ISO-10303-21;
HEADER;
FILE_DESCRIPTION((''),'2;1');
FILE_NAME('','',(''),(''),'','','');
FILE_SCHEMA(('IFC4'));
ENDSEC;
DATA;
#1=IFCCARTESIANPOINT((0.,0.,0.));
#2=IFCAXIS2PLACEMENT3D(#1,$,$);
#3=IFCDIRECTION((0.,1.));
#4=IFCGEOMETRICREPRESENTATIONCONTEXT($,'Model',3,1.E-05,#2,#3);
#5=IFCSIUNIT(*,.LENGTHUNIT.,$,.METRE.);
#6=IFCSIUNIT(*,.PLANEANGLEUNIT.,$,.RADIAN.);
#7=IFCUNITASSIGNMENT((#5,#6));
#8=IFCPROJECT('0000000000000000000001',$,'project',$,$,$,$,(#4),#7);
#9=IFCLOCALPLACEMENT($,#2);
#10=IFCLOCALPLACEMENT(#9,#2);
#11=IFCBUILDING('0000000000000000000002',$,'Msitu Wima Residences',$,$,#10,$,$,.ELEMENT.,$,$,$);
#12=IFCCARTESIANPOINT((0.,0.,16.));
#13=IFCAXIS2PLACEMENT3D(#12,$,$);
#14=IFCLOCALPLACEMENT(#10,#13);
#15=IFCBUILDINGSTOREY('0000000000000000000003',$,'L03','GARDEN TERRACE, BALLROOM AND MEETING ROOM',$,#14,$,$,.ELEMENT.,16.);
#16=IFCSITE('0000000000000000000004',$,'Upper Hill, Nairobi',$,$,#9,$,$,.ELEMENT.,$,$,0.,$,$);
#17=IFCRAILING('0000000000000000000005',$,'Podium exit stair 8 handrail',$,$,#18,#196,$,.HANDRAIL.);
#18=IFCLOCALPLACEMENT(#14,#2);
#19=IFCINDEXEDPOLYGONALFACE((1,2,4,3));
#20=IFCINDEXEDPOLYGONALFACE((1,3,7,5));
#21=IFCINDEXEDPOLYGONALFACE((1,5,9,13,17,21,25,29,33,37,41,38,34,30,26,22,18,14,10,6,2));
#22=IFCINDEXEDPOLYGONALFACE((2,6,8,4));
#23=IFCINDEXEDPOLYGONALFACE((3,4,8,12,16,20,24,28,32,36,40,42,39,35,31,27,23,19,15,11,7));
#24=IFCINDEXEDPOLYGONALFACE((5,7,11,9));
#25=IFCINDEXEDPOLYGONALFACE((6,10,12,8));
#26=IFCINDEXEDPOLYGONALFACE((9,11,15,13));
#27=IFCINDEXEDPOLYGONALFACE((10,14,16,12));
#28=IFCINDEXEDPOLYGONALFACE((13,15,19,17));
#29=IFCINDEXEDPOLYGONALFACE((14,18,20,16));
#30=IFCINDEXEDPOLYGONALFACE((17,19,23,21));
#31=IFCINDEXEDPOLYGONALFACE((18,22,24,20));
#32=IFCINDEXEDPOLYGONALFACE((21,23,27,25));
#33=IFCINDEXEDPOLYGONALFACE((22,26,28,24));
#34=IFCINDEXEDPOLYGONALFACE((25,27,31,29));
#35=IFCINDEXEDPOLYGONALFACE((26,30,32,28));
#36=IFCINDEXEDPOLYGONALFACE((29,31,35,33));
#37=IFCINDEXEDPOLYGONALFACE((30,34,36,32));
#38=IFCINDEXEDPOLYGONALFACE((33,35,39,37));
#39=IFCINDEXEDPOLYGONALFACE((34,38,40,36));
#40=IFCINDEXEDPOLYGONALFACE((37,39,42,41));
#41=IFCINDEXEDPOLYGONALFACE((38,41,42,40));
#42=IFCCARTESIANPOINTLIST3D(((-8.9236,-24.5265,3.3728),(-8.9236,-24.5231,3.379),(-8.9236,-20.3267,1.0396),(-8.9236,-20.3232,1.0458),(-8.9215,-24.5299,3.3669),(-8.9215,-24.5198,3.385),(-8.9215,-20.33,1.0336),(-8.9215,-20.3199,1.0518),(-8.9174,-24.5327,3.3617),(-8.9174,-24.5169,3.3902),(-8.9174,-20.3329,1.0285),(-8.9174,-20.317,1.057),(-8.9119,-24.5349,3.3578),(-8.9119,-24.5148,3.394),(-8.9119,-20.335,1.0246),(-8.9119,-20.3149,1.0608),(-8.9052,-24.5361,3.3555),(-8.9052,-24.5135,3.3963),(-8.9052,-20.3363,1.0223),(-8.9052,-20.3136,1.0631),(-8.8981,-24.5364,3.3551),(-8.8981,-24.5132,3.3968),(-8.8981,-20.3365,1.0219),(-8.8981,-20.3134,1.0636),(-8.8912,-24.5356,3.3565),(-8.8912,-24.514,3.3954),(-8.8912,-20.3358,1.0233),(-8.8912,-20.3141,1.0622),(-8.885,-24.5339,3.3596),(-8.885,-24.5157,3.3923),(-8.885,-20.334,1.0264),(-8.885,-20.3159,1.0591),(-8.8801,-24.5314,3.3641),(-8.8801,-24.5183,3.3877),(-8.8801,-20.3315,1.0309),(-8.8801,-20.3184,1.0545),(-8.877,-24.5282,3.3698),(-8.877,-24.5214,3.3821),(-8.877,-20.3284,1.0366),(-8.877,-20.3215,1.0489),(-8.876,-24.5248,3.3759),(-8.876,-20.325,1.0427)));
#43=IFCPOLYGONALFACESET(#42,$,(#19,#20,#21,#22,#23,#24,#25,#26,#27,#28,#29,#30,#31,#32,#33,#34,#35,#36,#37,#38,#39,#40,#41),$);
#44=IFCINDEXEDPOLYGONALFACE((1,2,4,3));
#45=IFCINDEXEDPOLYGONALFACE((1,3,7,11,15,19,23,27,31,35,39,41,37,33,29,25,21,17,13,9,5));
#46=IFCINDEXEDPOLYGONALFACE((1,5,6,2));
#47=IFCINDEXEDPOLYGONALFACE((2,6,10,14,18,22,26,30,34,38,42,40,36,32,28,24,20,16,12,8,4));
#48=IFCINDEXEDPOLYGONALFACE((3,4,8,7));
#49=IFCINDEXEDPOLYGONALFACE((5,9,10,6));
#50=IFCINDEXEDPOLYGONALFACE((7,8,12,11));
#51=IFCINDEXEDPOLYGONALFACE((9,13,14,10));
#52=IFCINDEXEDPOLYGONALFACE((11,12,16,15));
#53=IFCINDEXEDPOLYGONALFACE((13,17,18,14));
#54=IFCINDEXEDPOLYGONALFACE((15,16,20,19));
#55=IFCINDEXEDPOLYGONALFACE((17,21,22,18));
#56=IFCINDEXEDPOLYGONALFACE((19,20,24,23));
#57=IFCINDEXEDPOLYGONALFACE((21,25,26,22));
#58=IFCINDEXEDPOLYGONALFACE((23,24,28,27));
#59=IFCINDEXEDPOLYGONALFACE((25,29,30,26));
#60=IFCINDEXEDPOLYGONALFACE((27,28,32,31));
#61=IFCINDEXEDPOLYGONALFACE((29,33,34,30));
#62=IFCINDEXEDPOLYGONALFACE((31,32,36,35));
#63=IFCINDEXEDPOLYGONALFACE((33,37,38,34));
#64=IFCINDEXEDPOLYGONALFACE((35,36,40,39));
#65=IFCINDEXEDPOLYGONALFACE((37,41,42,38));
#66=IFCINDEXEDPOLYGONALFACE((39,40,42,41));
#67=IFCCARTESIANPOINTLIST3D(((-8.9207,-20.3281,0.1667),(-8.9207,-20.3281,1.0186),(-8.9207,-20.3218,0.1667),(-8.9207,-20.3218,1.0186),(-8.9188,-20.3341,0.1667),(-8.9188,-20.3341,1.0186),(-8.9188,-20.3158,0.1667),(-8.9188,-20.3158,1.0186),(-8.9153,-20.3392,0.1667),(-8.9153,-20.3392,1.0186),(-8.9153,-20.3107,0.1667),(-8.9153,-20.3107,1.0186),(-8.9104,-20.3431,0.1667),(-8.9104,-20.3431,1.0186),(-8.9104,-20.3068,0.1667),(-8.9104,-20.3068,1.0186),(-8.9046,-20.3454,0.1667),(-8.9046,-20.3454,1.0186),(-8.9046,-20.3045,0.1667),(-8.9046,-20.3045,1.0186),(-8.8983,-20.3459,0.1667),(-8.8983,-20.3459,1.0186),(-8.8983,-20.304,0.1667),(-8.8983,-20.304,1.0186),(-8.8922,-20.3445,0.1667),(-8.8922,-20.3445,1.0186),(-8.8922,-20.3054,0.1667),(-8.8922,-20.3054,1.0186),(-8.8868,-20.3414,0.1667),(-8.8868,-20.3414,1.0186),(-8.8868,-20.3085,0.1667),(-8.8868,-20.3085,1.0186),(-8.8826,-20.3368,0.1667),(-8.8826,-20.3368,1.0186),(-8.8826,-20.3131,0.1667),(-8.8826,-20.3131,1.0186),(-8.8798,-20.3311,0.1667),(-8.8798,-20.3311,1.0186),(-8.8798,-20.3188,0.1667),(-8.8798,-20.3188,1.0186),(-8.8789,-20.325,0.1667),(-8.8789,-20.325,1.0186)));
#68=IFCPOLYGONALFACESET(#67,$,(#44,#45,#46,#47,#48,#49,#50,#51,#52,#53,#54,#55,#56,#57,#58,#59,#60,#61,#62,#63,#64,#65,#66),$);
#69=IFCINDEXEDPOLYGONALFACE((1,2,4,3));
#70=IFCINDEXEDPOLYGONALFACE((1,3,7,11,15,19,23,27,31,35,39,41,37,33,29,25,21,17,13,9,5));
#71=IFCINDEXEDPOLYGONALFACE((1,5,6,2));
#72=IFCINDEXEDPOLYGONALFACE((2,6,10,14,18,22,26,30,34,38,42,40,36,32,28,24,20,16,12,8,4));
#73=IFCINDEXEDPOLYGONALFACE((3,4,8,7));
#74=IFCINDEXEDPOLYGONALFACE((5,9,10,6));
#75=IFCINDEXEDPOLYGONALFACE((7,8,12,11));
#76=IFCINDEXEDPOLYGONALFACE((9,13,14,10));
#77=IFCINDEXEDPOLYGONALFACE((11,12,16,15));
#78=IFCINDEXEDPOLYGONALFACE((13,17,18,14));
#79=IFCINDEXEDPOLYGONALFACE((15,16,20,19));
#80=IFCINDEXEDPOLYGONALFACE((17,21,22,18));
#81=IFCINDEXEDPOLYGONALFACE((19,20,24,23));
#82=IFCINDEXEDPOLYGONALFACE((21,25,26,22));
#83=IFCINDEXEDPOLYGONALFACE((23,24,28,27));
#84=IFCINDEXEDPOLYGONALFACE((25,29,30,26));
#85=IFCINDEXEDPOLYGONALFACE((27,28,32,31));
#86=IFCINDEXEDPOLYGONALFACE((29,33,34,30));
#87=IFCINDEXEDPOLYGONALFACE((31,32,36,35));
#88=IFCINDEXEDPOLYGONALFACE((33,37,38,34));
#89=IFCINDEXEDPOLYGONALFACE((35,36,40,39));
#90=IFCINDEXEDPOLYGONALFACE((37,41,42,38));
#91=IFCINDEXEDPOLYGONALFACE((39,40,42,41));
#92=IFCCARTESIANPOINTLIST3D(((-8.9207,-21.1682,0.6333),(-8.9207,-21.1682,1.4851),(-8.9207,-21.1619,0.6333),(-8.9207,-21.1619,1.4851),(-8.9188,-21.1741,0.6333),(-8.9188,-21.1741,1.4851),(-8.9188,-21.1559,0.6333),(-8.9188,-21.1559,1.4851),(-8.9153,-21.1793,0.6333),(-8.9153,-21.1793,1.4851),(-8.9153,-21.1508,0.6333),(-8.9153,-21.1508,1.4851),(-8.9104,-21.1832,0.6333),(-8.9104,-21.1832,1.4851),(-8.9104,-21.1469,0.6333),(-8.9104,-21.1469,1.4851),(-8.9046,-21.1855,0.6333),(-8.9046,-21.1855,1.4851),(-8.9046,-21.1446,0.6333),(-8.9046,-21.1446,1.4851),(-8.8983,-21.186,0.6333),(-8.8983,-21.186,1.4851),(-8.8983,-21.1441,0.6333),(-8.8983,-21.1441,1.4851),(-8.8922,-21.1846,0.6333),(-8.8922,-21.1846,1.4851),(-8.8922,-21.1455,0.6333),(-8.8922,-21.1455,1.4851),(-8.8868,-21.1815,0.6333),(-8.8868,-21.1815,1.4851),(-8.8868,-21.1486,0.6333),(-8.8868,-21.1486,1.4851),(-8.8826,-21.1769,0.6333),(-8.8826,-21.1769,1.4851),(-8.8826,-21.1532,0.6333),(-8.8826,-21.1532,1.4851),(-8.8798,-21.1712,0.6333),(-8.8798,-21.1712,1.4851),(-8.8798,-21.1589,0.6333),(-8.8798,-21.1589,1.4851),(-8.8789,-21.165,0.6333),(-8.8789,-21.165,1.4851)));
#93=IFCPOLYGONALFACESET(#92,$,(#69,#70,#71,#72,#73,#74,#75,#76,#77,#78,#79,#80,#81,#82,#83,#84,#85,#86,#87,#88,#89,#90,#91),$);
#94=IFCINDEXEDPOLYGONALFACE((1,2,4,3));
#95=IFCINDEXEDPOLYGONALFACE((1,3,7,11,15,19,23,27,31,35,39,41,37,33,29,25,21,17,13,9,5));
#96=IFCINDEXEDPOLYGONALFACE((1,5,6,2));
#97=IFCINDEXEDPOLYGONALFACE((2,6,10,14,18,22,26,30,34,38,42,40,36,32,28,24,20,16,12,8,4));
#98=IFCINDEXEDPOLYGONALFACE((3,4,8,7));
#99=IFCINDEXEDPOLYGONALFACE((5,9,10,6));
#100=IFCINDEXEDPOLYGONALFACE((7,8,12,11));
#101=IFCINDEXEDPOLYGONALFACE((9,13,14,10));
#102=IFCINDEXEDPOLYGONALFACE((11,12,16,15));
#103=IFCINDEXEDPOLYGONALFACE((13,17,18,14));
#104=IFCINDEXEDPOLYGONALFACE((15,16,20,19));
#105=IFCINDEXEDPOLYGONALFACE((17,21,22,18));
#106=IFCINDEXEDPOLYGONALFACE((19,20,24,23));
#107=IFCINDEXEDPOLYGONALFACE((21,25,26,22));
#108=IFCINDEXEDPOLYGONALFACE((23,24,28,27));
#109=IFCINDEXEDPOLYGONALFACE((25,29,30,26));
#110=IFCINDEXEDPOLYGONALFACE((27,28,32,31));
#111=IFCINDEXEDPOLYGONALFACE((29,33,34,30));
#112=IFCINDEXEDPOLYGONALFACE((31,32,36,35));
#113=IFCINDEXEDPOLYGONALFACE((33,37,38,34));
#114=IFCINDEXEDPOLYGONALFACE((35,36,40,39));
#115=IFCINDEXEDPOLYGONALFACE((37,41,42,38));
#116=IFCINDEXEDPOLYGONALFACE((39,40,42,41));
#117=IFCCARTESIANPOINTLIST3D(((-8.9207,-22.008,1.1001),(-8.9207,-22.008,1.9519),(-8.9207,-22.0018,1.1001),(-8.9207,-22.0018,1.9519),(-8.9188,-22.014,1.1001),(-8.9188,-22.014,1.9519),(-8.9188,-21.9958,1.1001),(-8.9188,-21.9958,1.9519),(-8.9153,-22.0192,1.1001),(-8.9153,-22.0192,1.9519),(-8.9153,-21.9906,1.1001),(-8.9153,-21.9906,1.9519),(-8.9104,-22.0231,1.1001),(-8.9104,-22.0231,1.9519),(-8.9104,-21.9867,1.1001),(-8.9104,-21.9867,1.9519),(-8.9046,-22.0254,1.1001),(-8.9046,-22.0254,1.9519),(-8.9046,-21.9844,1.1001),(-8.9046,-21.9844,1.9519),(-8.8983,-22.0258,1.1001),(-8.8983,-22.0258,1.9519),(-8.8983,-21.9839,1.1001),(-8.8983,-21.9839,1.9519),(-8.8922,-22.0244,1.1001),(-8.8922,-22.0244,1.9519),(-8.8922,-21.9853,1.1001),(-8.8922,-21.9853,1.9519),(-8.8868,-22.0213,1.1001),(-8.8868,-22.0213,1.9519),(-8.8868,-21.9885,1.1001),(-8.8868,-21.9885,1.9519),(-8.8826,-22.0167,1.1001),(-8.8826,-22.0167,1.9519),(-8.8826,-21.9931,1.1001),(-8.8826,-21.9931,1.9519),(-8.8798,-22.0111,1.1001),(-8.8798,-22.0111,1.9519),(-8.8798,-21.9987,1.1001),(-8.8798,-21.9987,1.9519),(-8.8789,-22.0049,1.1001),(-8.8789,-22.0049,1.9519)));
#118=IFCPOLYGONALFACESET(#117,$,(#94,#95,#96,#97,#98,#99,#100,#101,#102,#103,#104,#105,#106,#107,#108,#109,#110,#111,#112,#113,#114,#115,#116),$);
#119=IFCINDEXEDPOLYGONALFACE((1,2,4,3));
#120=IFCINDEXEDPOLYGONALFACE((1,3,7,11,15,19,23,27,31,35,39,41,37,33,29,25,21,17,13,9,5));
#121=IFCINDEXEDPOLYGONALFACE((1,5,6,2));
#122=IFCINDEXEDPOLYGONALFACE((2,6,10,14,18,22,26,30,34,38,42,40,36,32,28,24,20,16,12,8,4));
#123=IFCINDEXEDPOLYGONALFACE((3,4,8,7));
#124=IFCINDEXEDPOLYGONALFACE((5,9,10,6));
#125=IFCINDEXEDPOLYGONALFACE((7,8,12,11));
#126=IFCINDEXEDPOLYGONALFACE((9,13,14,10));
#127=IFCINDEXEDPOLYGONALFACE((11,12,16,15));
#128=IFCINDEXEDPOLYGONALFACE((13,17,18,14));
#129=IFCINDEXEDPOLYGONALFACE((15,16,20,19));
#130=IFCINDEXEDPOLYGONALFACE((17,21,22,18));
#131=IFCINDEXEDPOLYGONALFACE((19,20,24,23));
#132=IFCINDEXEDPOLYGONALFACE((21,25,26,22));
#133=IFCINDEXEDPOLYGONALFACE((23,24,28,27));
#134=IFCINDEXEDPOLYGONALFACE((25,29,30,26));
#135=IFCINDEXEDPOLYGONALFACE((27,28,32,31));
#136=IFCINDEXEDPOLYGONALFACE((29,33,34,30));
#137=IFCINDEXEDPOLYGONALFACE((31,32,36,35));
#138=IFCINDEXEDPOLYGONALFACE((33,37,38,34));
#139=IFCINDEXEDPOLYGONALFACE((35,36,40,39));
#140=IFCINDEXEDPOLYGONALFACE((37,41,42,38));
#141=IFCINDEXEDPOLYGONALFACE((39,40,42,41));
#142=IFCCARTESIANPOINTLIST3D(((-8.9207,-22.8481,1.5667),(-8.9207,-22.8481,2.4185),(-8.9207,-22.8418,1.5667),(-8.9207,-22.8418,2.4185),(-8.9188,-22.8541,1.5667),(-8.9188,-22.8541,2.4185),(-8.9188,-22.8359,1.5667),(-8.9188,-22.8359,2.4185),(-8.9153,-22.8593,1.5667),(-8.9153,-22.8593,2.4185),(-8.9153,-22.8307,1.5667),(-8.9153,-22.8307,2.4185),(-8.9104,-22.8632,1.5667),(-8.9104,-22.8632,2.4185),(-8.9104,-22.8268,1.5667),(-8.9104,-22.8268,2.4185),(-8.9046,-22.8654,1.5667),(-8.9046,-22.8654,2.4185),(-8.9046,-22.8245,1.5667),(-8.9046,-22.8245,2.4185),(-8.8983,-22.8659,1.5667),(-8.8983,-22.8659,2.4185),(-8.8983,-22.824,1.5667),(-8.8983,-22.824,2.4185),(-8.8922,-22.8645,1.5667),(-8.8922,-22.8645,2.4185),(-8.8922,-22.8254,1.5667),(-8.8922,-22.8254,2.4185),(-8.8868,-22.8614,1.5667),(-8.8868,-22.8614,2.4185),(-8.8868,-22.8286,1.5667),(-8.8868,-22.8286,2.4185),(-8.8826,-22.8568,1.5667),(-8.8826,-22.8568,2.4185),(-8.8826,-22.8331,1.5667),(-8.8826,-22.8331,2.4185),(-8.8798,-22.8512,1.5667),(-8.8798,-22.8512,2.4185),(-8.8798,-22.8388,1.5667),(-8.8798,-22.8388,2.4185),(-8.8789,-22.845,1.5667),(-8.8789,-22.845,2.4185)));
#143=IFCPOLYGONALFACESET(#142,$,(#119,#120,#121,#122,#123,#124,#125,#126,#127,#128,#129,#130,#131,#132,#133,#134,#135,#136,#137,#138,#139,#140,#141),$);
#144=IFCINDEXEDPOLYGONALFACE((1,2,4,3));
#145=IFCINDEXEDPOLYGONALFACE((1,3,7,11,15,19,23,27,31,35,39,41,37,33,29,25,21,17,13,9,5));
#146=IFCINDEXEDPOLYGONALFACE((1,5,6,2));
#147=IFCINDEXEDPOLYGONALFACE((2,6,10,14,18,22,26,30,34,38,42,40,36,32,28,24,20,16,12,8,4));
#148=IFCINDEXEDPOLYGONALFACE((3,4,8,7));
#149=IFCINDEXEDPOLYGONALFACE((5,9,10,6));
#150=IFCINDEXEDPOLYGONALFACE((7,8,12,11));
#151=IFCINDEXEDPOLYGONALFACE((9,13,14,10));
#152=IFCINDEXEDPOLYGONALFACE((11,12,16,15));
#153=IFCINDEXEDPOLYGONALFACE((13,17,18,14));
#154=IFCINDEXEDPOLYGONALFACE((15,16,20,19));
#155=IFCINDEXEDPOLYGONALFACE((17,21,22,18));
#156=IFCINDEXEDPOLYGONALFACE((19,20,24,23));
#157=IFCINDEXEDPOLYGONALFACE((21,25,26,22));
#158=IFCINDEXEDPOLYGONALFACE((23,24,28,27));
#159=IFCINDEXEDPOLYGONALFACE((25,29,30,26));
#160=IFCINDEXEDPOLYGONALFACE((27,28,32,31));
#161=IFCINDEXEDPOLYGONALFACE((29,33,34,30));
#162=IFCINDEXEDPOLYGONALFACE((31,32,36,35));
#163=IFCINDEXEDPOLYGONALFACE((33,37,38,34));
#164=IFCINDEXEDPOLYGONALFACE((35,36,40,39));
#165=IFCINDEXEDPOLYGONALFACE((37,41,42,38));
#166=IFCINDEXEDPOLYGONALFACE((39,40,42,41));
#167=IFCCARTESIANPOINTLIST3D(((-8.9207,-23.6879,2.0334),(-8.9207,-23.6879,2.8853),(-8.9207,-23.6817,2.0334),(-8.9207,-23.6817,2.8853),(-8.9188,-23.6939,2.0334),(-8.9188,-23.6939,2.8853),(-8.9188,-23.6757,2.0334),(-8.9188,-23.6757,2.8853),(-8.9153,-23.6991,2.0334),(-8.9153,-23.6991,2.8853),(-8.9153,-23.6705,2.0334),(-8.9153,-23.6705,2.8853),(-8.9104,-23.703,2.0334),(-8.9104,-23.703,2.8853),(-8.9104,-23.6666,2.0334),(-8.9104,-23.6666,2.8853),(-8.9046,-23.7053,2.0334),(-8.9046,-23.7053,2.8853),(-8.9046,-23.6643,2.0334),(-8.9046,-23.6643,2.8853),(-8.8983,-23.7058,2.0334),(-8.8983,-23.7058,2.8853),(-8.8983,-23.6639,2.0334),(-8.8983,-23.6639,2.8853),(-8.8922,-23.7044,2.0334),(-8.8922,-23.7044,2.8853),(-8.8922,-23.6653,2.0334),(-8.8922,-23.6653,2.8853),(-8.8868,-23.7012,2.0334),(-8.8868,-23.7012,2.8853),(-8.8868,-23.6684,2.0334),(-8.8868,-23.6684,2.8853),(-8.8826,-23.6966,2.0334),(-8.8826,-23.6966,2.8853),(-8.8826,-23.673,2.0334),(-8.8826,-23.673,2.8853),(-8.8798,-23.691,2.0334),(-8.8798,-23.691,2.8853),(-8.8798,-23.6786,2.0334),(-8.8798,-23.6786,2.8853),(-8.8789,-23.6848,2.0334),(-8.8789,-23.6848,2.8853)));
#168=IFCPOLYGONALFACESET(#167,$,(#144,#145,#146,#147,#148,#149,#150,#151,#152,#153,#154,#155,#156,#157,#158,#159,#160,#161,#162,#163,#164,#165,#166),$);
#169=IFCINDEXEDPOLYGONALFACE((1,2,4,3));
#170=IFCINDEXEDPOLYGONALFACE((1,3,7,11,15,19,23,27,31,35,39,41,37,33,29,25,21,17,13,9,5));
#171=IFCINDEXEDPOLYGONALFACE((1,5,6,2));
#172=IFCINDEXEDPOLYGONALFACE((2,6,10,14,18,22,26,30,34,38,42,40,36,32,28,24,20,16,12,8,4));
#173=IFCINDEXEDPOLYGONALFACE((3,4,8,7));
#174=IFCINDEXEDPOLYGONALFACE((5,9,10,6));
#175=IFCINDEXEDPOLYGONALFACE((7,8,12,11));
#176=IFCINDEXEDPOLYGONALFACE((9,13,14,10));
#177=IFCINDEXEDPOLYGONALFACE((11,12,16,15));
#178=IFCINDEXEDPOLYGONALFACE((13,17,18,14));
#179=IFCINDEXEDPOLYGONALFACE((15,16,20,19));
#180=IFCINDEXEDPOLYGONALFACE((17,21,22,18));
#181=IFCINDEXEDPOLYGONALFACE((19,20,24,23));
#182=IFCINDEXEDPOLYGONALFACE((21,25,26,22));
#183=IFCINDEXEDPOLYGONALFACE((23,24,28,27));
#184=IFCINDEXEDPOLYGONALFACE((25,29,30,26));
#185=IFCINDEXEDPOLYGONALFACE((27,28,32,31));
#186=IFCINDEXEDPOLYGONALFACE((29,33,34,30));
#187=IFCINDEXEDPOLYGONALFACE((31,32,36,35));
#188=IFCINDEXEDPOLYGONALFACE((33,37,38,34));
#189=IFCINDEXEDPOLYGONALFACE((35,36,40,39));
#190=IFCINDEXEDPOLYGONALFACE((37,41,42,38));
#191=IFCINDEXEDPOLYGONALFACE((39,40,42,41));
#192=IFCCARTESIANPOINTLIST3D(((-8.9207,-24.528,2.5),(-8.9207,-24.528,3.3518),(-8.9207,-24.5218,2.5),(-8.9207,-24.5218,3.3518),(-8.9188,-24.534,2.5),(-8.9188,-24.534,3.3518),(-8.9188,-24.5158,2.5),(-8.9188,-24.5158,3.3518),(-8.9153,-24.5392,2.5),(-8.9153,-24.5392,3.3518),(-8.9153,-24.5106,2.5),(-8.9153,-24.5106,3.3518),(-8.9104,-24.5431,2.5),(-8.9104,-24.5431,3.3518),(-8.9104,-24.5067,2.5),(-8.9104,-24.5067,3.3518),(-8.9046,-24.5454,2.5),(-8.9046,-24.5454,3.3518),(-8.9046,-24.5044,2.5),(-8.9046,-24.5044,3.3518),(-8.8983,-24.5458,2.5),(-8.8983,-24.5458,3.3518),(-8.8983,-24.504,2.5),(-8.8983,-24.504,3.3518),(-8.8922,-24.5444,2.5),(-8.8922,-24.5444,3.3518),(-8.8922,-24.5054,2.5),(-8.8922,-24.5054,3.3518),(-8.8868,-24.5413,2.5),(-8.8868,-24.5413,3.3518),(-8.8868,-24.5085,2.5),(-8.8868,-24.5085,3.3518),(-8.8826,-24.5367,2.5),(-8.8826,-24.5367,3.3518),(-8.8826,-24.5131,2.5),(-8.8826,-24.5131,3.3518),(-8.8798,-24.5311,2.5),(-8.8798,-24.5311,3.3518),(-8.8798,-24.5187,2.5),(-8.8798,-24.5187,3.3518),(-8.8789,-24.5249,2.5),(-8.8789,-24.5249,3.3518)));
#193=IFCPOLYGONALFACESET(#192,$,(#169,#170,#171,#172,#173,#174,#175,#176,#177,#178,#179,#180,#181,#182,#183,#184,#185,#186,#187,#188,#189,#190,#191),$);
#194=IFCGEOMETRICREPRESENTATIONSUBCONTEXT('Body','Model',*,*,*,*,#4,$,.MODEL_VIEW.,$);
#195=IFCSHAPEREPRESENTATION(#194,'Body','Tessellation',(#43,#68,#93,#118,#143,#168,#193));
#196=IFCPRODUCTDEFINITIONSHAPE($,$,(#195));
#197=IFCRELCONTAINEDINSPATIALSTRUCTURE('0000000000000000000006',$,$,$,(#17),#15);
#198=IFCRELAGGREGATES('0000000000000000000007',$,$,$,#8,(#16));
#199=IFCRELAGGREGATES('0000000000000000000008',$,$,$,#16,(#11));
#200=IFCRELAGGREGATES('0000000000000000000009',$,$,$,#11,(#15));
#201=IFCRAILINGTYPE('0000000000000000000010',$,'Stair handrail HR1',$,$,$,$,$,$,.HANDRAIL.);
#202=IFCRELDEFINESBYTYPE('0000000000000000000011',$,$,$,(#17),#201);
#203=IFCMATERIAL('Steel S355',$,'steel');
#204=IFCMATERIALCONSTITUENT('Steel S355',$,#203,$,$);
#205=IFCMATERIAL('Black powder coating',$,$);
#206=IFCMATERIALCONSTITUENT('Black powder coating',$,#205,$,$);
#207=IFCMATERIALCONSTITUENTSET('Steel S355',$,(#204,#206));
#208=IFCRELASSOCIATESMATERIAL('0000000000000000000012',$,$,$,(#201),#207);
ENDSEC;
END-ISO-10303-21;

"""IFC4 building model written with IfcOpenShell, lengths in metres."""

from ifc_helpers import new_model, si_unit, direction, frame, origin, origin_2d, place, context, subcontext, project, spatial, circle, extrude, material, constituent, constituent_set, type_object, element, save


model = new_model("IFC4")

# Units and contexts
model_context = context("Model", 3, precision=1e-05, world=origin(), true_north=direction((0.0, 1.0)))
body_context = subcontext(model_context, "Body", "Model", "MODEL_VIEW")
ifc_project = project(units=[si_unit("LENGTHUNIT", "METRE"), si_unit("PLANEANGLEUNIT", "RADIAN")], contexts=[model_context])

# Site, building, storey
site_placement = place(None, origin())
site = spatial("IfcSite", under=ifc_project, at=site_placement, Name="Upper Hill, Nairobi", CompositionType="ELEMENT", RefElevation=0.0)
building_placement = place(site_placement, origin())
building = spatial("IfcBuilding", under=site, at=building_placement, Name="Msitu Wima Residences", CompositionType="ELEMENT")
storey_placement = place(building_placement, frame((0.0, 0.0, 16.0)))
storey = spatial("IfcBuildingStorey", under=building, at=storey_placement, Name="L03", Description="GARDEN TERRACE, BALLROOM AND MEETING ROOM", CompositionType="ELEMENT", Elevation=16.0)

# Railing
ifc_material_1 = material(Name="Steel S355", Category="steel")
ifc_constituent_1 = constituent(ifc_material_1, Name="Steel S355")
ifc_material_2 = material(Name="Black powder coating")
ifc_constituent_2 = constituent(ifc_material_2, Name="Black powder coating")
ifc_constituent_set = constituent_set(constituents=[ifc_constituent_1, ifc_constituent_2], Name="Steel S355")
railing_type = type_object("IfcRailingType", Name="Stair handrail HR1", PredefinedType="HANDRAIL", material=ifc_constituent_set)
for number, where, name in (
    (1, (-8.8999, -20.325, 0.1667), "Podium exit stair 8 handrail"),
):
    element("IfcRailing", number, at=place(storey_placement, frame(where)), inside=storey, type_object=railing_type, Name=name, PredefinedType="HANDRAIL", context=body_context, shape_type="SweptSolid", body=[
        extrude(circle(Radius=0.0239, at=origin_2d()), frame((0.0, 0.0, 0.876), z_axis=(0.0, -0.874162, 0.485634), x_axis=(1.0, 0.0, 0.0)), (0.0, 0.0, 1.0), 4.8044),
        extrude(circle(Radius=0.021, at=origin_2d()), origin(), (0.0, 0.0, 1.0), 0.8518),
        extrude(circle(Radius=0.021, at=origin_2d()), frame((0.0, -0.8401, 0.4666)), (0.0, 0.0, 1.0), 0.8518),
        extrude(circle(Radius=0.021, at=origin_2d()), frame((0.0, -1.6799, 0.9333)), (0.0, 0.0, 1.0), 0.8518),
        extrude(circle(Radius=0.021, at=origin_2d()), frame((0.0, -2.52, 1.3999)), (0.0, 0.0, 1.0), 0.8518),
        extrude(circle(Radius=0.021, at=origin_2d()), frame((0.0, -3.3599, 1.8667)), (0.0, 0.0, 1.0), 0.8518),
        extrude(circle(Radius=0.021, at=origin_2d()), frame((0.0, -4.2, 2.3333)), (0.0, 0.0, 1.0), 0.8518),
    ])

save(model, "model.ifc")
